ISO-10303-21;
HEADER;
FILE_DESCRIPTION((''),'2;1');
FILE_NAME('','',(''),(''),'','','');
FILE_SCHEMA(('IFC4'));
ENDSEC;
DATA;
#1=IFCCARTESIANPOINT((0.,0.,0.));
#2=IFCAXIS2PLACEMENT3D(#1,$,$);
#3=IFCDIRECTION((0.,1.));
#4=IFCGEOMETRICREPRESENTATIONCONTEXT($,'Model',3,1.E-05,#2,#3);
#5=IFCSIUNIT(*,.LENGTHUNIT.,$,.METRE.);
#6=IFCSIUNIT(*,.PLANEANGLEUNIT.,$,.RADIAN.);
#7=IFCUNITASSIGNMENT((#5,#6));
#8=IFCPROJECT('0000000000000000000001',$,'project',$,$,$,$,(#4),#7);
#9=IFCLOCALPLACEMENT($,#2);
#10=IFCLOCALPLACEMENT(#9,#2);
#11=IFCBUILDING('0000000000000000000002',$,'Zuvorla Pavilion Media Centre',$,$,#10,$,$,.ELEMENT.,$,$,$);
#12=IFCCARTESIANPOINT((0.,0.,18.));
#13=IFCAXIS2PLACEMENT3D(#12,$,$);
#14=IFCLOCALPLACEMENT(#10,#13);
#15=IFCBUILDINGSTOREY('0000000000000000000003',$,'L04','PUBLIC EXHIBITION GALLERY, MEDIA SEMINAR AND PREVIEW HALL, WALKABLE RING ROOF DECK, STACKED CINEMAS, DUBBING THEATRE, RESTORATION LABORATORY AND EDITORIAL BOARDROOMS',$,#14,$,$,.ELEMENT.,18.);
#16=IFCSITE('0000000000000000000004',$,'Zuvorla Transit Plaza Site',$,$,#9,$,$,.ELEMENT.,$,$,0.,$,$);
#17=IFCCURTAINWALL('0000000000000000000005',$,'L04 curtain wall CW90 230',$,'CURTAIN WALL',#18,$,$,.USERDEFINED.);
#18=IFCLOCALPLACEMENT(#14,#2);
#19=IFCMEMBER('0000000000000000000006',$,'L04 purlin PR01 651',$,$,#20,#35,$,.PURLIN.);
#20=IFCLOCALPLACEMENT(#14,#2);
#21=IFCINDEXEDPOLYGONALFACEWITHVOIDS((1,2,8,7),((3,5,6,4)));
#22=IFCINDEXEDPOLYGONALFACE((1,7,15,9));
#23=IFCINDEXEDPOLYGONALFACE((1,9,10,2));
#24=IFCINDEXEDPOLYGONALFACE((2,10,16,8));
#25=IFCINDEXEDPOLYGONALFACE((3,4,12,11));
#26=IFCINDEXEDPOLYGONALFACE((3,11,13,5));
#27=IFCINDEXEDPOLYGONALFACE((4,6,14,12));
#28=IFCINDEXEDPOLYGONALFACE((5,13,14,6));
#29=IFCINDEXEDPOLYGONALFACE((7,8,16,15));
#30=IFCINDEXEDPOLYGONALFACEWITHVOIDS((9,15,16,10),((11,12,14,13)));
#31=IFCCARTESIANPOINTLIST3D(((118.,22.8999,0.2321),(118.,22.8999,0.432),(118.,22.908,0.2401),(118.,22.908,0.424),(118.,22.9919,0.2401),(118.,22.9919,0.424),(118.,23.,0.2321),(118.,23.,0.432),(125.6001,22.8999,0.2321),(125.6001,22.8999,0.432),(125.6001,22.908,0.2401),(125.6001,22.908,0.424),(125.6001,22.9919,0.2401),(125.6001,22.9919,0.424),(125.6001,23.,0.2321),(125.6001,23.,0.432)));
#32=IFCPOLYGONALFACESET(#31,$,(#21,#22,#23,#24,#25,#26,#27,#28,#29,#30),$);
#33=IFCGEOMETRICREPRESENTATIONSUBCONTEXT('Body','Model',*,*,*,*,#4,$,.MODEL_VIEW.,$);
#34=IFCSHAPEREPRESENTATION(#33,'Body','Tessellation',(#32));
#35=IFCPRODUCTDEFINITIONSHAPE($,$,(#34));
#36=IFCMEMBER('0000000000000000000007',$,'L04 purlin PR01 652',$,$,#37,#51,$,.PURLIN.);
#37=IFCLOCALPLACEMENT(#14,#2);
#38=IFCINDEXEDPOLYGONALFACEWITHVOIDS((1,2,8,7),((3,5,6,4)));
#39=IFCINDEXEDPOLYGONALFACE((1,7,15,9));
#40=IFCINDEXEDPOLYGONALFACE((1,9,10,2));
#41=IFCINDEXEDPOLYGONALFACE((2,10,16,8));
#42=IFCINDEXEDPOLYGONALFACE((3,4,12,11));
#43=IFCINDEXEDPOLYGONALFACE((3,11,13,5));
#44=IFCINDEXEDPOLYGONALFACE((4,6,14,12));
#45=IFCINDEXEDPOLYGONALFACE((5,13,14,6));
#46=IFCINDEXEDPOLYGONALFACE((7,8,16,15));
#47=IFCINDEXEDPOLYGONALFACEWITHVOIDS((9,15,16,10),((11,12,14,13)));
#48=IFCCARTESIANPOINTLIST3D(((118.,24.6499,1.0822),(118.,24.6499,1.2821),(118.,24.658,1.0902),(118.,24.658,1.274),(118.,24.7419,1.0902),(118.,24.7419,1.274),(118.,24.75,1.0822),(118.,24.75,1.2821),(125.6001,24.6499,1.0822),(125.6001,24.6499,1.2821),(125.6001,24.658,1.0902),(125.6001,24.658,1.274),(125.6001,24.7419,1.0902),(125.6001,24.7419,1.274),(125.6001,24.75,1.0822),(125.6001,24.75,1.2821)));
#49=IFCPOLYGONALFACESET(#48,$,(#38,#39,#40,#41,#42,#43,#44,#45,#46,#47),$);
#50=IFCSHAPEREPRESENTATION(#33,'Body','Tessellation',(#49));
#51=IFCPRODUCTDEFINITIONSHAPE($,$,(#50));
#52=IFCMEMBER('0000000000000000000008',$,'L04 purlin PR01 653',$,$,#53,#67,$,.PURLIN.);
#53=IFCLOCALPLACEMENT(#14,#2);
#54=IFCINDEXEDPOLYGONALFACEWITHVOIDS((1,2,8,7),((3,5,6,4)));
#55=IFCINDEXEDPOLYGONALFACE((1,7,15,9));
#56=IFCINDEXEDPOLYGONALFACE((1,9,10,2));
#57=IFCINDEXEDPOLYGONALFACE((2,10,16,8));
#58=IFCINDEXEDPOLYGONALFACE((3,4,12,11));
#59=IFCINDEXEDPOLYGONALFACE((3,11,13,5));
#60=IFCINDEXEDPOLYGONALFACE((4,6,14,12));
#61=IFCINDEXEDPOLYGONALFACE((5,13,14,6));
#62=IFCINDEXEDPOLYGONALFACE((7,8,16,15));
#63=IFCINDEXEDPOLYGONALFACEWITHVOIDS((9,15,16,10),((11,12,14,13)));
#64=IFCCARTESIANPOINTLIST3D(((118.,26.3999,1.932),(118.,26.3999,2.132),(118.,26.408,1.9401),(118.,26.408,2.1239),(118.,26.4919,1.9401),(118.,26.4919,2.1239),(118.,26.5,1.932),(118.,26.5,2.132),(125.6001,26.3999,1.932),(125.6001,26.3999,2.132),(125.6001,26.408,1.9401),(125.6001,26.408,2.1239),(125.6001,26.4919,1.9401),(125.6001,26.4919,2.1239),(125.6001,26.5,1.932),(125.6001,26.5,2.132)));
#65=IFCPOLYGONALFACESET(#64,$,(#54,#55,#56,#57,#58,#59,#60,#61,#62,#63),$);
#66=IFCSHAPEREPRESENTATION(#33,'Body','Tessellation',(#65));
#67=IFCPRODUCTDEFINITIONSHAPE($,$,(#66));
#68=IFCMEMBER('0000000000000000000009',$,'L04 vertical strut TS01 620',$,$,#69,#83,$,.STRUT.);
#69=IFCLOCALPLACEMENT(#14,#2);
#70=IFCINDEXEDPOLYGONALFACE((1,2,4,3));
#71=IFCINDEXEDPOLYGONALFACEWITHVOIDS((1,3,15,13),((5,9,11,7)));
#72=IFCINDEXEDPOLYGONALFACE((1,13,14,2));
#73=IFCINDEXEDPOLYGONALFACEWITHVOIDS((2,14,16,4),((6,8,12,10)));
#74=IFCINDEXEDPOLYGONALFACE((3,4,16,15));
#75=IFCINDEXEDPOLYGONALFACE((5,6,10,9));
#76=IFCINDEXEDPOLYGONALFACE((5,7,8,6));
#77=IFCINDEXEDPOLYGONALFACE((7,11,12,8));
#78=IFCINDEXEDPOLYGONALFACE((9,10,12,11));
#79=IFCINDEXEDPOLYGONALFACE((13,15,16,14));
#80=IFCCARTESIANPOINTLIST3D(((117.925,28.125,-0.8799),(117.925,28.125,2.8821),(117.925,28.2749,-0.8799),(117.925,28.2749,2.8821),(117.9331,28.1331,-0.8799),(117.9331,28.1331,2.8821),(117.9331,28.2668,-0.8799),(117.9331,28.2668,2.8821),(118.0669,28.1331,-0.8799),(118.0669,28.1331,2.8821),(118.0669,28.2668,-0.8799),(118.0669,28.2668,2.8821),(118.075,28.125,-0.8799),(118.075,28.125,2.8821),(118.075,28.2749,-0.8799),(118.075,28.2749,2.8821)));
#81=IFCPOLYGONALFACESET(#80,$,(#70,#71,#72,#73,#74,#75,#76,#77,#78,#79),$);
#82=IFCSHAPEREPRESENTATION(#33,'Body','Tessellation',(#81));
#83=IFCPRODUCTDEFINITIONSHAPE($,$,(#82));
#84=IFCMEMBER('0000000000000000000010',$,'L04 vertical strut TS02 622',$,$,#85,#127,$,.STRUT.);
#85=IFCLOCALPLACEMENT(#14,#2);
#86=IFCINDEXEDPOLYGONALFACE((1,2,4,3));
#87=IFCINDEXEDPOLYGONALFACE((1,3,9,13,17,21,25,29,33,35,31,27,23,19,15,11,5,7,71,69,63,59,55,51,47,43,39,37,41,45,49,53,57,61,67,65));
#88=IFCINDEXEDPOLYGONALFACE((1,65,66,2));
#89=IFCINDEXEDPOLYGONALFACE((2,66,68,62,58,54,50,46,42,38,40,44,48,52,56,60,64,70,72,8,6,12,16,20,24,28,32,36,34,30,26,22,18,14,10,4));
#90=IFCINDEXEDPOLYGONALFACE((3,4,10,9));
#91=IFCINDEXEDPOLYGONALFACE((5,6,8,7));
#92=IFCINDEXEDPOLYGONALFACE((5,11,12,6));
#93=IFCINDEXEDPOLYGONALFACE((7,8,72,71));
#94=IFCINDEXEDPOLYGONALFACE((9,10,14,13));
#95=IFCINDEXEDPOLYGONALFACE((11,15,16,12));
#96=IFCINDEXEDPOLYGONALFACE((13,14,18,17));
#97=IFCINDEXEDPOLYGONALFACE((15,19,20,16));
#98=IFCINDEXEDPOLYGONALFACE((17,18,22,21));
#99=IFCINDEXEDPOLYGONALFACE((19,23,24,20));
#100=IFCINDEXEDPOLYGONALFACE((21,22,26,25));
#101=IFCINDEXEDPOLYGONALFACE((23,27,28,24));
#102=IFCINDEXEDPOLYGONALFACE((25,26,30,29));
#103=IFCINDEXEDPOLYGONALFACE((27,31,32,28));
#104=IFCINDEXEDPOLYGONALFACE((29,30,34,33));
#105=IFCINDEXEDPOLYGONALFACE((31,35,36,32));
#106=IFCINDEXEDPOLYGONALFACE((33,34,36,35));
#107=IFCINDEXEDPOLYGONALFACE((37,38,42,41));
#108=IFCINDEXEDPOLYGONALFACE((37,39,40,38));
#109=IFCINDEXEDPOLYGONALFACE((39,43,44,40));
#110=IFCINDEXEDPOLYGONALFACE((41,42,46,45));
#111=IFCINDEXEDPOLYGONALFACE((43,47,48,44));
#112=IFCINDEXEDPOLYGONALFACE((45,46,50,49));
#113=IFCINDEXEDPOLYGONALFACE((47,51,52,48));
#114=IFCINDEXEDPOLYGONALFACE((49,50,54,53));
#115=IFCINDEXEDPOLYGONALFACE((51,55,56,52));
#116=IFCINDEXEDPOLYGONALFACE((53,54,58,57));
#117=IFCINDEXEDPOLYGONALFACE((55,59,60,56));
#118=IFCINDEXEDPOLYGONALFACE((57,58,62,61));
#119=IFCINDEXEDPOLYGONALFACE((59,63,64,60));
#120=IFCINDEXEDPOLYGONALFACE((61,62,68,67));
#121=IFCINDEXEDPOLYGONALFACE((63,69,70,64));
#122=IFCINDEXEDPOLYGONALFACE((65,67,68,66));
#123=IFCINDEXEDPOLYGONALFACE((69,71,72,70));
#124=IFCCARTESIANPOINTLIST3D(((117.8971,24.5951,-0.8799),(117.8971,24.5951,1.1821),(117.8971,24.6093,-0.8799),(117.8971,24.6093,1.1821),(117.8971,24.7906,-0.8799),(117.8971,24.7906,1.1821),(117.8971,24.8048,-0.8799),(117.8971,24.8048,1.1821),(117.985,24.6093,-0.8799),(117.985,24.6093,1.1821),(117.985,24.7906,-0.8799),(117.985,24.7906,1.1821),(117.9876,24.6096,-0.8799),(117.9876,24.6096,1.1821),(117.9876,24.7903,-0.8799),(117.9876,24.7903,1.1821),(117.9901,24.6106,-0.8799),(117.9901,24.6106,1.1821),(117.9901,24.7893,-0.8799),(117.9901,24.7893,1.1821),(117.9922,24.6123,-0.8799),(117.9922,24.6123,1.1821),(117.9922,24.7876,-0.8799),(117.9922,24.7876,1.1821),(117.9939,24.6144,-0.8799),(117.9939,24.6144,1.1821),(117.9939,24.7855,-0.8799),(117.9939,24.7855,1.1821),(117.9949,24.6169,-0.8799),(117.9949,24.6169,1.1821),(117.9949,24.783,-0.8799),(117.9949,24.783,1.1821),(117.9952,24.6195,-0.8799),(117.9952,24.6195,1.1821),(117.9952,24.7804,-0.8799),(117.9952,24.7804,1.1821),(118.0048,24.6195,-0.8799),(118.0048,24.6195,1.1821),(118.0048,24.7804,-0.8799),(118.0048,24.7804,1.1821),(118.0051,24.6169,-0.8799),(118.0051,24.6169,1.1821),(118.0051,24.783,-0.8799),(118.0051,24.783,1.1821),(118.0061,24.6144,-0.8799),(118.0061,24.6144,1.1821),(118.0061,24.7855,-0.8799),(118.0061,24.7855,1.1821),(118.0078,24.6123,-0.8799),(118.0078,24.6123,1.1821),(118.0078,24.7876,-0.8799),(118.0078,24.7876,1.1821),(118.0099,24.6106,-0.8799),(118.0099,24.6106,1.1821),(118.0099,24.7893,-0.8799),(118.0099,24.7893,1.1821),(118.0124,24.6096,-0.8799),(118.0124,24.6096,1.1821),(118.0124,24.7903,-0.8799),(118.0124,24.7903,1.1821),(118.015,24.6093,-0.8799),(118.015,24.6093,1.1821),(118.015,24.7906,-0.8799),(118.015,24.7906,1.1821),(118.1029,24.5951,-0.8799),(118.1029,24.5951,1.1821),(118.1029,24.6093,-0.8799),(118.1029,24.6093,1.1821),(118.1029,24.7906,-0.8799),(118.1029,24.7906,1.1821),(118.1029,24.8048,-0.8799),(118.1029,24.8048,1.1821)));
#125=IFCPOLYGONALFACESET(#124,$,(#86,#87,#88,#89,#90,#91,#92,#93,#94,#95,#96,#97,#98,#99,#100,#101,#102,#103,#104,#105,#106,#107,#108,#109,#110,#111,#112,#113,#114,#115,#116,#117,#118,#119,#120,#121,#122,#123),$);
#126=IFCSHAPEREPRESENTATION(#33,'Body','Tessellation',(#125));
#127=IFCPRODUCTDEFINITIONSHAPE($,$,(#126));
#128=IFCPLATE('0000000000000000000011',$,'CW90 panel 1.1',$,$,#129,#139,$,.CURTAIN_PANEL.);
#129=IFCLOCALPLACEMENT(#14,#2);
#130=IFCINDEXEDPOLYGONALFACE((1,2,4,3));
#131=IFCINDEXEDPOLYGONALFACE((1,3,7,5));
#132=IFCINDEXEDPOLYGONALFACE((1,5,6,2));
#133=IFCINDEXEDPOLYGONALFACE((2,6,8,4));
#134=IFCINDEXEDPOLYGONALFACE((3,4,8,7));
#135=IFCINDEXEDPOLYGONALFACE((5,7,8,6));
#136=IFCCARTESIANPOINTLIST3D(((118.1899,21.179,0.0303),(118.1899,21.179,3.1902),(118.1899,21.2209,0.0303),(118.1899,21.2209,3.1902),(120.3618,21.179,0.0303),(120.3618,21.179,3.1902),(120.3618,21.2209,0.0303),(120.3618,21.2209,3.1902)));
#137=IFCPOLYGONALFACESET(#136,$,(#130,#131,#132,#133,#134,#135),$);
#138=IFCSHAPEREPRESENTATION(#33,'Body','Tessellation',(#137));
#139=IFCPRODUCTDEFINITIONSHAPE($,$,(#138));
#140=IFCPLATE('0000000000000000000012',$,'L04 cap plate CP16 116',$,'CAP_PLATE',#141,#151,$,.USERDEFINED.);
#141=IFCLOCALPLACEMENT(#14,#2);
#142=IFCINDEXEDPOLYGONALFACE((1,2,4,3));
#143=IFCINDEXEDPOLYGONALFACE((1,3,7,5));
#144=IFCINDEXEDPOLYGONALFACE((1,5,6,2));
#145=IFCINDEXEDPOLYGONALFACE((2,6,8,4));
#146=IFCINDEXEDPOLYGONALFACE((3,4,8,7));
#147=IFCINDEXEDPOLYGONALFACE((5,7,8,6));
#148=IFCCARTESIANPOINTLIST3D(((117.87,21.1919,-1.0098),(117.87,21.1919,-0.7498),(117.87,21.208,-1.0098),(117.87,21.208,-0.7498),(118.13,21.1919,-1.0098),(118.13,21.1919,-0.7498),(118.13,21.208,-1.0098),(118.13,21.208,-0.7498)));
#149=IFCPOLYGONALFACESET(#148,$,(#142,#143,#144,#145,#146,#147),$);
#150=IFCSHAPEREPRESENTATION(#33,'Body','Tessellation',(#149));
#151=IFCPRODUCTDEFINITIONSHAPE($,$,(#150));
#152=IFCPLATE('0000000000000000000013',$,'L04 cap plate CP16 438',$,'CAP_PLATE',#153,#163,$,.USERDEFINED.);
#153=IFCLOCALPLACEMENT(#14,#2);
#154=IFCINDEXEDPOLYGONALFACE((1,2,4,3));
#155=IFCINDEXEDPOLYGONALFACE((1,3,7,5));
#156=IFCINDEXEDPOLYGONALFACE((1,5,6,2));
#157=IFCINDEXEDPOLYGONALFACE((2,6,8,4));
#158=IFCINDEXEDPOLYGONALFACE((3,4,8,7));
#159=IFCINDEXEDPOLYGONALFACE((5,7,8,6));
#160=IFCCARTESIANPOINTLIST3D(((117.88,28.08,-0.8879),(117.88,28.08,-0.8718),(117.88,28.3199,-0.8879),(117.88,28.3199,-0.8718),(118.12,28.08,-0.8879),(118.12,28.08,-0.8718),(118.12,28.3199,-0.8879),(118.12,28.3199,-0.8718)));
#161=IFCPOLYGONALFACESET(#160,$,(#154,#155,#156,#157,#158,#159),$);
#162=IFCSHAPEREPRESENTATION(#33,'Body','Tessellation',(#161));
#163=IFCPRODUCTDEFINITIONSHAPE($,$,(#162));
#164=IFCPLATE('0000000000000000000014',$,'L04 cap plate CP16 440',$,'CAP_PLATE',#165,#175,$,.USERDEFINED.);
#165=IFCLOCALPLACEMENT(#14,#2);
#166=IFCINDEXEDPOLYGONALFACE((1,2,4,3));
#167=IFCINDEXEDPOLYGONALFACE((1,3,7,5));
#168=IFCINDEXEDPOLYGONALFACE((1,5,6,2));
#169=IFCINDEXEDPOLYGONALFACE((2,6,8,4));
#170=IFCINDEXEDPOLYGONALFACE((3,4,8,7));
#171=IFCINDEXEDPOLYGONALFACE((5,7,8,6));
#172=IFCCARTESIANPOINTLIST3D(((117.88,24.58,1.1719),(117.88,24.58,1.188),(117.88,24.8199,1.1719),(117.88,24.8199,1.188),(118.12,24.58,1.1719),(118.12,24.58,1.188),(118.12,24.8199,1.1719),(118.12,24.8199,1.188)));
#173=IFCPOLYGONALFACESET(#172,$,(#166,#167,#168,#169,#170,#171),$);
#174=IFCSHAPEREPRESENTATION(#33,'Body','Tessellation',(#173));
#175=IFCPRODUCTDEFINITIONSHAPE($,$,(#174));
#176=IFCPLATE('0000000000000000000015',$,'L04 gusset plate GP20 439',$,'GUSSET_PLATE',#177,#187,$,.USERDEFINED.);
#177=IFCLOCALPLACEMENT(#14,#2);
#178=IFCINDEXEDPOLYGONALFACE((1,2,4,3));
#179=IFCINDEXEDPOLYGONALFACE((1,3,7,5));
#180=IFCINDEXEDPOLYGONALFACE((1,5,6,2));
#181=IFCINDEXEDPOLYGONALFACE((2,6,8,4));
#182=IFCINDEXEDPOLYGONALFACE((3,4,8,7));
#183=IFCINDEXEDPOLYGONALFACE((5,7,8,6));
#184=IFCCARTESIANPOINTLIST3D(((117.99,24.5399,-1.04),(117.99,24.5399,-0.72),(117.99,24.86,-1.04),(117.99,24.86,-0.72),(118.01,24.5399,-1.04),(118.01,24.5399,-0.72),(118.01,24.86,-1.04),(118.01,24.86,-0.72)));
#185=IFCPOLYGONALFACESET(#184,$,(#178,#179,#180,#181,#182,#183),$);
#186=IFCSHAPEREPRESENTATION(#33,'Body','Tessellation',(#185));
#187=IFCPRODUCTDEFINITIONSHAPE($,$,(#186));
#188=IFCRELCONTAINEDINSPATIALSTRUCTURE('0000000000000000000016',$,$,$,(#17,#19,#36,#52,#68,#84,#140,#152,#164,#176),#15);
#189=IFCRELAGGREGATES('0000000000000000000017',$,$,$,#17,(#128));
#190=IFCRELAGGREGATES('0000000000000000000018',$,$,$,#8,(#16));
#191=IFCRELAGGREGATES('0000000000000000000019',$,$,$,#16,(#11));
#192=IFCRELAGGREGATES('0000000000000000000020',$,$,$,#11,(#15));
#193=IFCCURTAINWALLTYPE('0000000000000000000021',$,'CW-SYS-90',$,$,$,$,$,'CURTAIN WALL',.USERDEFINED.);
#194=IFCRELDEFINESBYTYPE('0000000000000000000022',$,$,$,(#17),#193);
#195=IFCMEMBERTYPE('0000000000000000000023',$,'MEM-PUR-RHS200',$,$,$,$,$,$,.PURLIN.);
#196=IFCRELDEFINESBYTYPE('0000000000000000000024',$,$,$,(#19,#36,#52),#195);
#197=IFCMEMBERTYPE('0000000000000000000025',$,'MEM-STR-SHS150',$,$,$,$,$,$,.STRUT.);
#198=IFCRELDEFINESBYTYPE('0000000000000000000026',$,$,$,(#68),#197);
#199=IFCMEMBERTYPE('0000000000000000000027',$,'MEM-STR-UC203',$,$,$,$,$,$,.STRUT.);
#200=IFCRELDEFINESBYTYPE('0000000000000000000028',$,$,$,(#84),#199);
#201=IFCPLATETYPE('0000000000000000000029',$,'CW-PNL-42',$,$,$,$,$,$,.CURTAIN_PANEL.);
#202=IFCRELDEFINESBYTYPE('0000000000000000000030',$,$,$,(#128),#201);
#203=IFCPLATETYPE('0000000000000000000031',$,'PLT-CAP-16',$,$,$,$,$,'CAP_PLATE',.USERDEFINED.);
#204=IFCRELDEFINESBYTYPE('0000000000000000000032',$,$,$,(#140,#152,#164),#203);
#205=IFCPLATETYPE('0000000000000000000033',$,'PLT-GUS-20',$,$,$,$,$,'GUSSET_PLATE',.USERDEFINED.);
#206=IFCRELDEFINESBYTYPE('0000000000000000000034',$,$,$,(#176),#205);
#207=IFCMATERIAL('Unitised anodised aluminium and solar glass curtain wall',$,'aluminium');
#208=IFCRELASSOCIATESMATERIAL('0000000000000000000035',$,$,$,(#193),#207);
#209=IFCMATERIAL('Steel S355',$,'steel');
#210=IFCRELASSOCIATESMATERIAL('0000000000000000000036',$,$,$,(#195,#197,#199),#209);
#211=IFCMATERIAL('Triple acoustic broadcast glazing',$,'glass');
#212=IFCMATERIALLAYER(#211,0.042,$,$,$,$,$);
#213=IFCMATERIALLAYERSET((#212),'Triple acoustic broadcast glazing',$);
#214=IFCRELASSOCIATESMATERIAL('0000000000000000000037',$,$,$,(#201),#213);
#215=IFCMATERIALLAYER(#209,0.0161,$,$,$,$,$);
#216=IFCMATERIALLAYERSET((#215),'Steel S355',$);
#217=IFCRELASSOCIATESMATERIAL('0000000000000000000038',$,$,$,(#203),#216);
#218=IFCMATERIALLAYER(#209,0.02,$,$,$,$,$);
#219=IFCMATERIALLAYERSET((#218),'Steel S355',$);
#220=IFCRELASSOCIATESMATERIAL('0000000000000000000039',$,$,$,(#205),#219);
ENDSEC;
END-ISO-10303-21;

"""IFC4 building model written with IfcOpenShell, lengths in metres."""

from ifc_helpers import new_model, si_unit, direction, frame, origin, origin_2d, place, context, subcontext, project, spatial, rectangle, hollow_rectangle, i_section, extrude, material, layer, layer_set, material_profile, profile_set, type_object, element, aggregate, save


model = new_model("IFC4")

# Units and contexts
model_context = context("Model", 3, precision=1e-05, world=origin(), true_north=direction((0.0, 1.0)))
body_context = subcontext(model_context, "Body", "Model", "MODEL_VIEW")
ifc_project = project(units=[si_unit("LENGTHUNIT", "METRE"), si_unit("PLANEANGLEUNIT", "RADIAN")], contexts=[model_context])

# Site, building, storey
site_placement = place(None, origin())
site = spatial("IfcSite", under=ifc_project, at=site_placement, Name="Zuvorla Transit Plaza Site", CompositionType="ELEMENT", RefElevation=0.0)
building_placement = place(site_placement, origin())
building = spatial("IfcBuilding", under=site, at=building_placement, Name="Zuvorla Pavilion Media Centre", CompositionType="ELEMENT")
storey_placement = place(building_placement, frame((0.0, 0.0, 18.0)))
storey = spatial("IfcBuildingStorey", under=building, at=storey_placement, Name="L04", Description="PUBLIC EXHIBITION GALLERY, MEDIA SEMINAR AND PREVIEW HALL, WALKABLE RING ROOF DECK, STACKED CINEMAS, DUBBING THEATRE, RESTORATION LABORATORY AND EDITORIAL BOARDROOMS", CompositionType="ELEMENT", Elevation=18.0)

# Curtain wall
ifc_material_1 = material(Name="Unitised anodised aluminium and solar glass curtain wall", Category="aluminium")
curtain_wall_type = type_object("IfcCurtainWallType", Name="CW-SYS-90", ElementType="CURTAIN WALL", PredefinedType="USERDEFINED", material=ifc_material_1)
curtain_wall_placement = place(storey_placement, origin())
curtain_wall = element("IfcCurtainWall", 1, at=curtain_wall_placement, inside=storey, type_object=curtain_wall_type, Name="L04 curtain wall CW90 230", ObjectType="CURTAIN WALL", PredefinedType="USERDEFINED")

# Members
ifc_material_2 = material(Name="Steel S355", Category="steel")
ifc_material_profile_1 = material_profile(ifc_material_2, hollow_rectangle(XDim=0.1001, YDim=0.2, WallThickness=0.0081, at=origin_2d()), Name="RHS 200x100x8")
ifc_profile_set_1 = profile_set([ifc_material_profile_1], Name="Steel S355")
member_type_1 = type_object("IfcMemberType", Name="MEM-PUR-RHS200", PredefinedType="PURLIN", material=ifc_profile_set_1)
for number, where, z_axis, x_axis, name in (
    (2, (118.0, 22.95, 0.332), (1.0, 0.0, 0.0), (0.0, 1.0, 0.0), "L04 purlin PR01 651"),
    (3, (118.0, 24.7, 1.1821), (1.0, 0.0, 0.0), (0.0, 1.0, 0.0), "L04 purlin PR01 652"),
    (4, (118.0, 26.45, 2.032), (1.0, 0.0, 0.0), (0.0, 1.0, 0.0), "L04 purlin PR01 653"),
):
    element("IfcMember", number, at=place(storey_placement, frame(where, z_axis=z_axis, x_axis=x_axis)), inside=storey, type_object=member_type_1, Name=name, PredefinedType="PURLIN", context=body_context, shape_type="SweptSolid", body=[
        extrude(hollow_rectangle(XDim=0.1001, YDim=0.2, WallThickness=0.0081, at=origin_2d()), origin(), (0.0, 0.0, 1.0), 7.6001),
    ])
ifc_material_profile_2 = material_profile(ifc_material_2, hollow_rectangle(XDim=0.1499, YDim=0.1499, WallThickness=0.0081, at=origin_2d()), Name="SHS 150x150x8")
ifc_profile_set_2 = profile_set([ifc_material_profile_2], Name="Steel S355")
member_type_2 = type_object("IfcMemberType", Name="MEM-STR-SHS150", PredefinedType="STRUT", material=ifc_profile_set_2)
member_1_placement = place(storey_placement, frame((118.0, 28.2, -0.8799), z_axis=(0.0, 0.0, 1.0), x_axis=(1.0, 0.0, 0.0)))
element("IfcMember", 5, at=member_1_placement, inside=storey, type_object=member_type_2, Name="L04 vertical strut TS01 620", PredefinedType="STRUT", context=body_context, shape_type="SweptSolid", body=[
    extrude(hollow_rectangle(XDim=0.1499, YDim=0.1499, WallThickness=0.0081, at=origin_2d()), origin(), (0.0, 0.0, 1.0), 3.762),
])
ifc_material_profile_3 = material_profile(ifc_material_2, i_section(OverallWidth=0.2058, OverallDepth=0.2097, WebThickness=0.0095, FlangeThickness=0.0142, FilletRadius=0.0103, at=origin_2d()), Name="UC 203x203x60")
ifc_profile_set_3 = profile_set([ifc_material_profile_3], Name="Steel S355")
member_type_3 = type_object("IfcMemberType", Name="MEM-STR-UC203", PredefinedType="STRUT", material=ifc_profile_set_3)
member_2_placement = place(storey_placement, frame((118.0, 24.7, -0.8799), z_axis=(0.0, 0.0, 1.0), x_axis=(1.0, 0.0, 0.0)))
element("IfcMember", 6, at=member_2_placement, inside=storey, type_object=member_type_3, Name="L04 vertical strut TS02 622", PredefinedType="STRUT", context=body_context, shape_type="SweptSolid", body=[
    extrude(i_section(OverallWidth=0.2058, OverallDepth=0.2097, WebThickness=0.0095, FlangeThickness=0.0142, FilletRadius=0.0103, at=origin_2d()), origin(), (0.0, 0.0, 1.0), 2.062),
])

# Plate
ifc_material_3 = material(Name="Triple acoustic broadcast glazing", Category="glass")
ifc_layer_1 = layer(ifc_material_3, 0.042)
ifc_layer_set_1 = layer_set([ifc_layer_1], Name="Triple acoustic broadcast glazing")
plate_type_1 = type_object("IfcPlateType", Name="CW-PNL-42", PredefinedType="CURTAIN_PANEL", material=ifc_layer_set_1)
plate_1_placement = place(storey_placement, frame((119.2759, 21.2, 0.0303), z_axis=(0.0, 0.0, 1.0), x_axis=(1.0, 0.0, 0.0)))
plate_1 = element("IfcPlate", 7, at=plate_1_placement, type_object=plate_type_1, Name="CW90 panel 1.1", PredefinedType="CURTAIN_PANEL", context=body_context, shape_type="SweptSolid", body=[
    extrude(rectangle(XDim=2.1719, YDim=0.042, at=origin_2d()), origin(), (0.0, 0.0, 1.0), 3.1599),
])
aggregate(curtain_wall, [plate_1])

# Plates
ifc_layer_2 = layer(ifc_material_2, 0.0161)
ifc_layer_set_2 = layer_set([ifc_layer_2], Name="Steel S355")
plate_type_2 = type_object("IfcPlateType", Name="PLT-CAP-16", ElementType="CAP_PLATE", PredefinedType="USERDEFINED", material=ifc_layer_set_2)
plate_2_placement = place(storey_placement, frame((118.0, 21.2, -1.0098), z_axis=(0.0, 0.0, 1.0), x_axis=(1.0, 0.0, 0.0)))
element("IfcPlate", 8, at=plate_2_placement, inside=storey, type_object=plate_type_2, Name="L04 cap plate CP16 116", ObjectType="CAP_PLATE", PredefinedType="USERDEFINED", context=body_context, shape_type="SweptSolid", body=[
    extrude(rectangle(XDim=0.26, YDim=0.0161, at=origin_2d()), origin(), (0.0, 0.0, 1.0), 0.26),
])
for number, where, z_axis, x_axis, name in (
    (9, (118.0, 28.2, -0.8879), (0.0, 0.0, 1.0), (1.0, 0.0, 0.0), "L04 cap plate CP16 438"),
    (10, (118.0, 24.7, 1.1719), (0.0, 0.0, 1.0), (1.0, 0.0, 0.0), "L04 cap plate CP16 440"),
):
    element("IfcPlate", number, at=place(storey_placement, frame(where, z_axis=z_axis, x_axis=x_axis)), inside=storey, type_object=plate_type_2, Name=name, ObjectType="CAP_PLATE", PredefinedType="USERDEFINED", context=body_context, shape_type="SweptSolid", body=[
        extrude(rectangle(XDim=0.24, YDim=0.24, at=origin_2d()), origin(), (0.0, 0.0, 1.0), 0.0161),
    ])
ifc_layer_3 = layer(ifc_material_2, 0.02)
ifc_layer_set_3 = layer_set([ifc_layer_3], Name="Steel S355")
plate_type_3 = type_object("IfcPlateType", Name="PLT-GUS-20", ElementType="GUSSET_PLATE", PredefinedType="USERDEFINED", material=ifc_layer_set_3)
plate_3_placement = place(storey_placement, frame((118.0, 24.7, -1.04), z_axis=(0.0, 0.0, 1.0), x_axis=(1.0, 0.0, 0.0)))
element("IfcPlate", 11, at=plate_3_placement, inside=storey, type_object=plate_type_3, Name="L04 gusset plate GP20 439", ObjectType="GUSSET_PLATE", PredefinedType="USERDEFINED", context=body_context, shape_type="SweptSolid", body=[
    extrude(rectangle(XDim=0.02, YDim=0.3201, at=origin_2d()), origin(), (0.0, 0.0, 1.0), 0.3201),
])

save(model, "model.ifc")
